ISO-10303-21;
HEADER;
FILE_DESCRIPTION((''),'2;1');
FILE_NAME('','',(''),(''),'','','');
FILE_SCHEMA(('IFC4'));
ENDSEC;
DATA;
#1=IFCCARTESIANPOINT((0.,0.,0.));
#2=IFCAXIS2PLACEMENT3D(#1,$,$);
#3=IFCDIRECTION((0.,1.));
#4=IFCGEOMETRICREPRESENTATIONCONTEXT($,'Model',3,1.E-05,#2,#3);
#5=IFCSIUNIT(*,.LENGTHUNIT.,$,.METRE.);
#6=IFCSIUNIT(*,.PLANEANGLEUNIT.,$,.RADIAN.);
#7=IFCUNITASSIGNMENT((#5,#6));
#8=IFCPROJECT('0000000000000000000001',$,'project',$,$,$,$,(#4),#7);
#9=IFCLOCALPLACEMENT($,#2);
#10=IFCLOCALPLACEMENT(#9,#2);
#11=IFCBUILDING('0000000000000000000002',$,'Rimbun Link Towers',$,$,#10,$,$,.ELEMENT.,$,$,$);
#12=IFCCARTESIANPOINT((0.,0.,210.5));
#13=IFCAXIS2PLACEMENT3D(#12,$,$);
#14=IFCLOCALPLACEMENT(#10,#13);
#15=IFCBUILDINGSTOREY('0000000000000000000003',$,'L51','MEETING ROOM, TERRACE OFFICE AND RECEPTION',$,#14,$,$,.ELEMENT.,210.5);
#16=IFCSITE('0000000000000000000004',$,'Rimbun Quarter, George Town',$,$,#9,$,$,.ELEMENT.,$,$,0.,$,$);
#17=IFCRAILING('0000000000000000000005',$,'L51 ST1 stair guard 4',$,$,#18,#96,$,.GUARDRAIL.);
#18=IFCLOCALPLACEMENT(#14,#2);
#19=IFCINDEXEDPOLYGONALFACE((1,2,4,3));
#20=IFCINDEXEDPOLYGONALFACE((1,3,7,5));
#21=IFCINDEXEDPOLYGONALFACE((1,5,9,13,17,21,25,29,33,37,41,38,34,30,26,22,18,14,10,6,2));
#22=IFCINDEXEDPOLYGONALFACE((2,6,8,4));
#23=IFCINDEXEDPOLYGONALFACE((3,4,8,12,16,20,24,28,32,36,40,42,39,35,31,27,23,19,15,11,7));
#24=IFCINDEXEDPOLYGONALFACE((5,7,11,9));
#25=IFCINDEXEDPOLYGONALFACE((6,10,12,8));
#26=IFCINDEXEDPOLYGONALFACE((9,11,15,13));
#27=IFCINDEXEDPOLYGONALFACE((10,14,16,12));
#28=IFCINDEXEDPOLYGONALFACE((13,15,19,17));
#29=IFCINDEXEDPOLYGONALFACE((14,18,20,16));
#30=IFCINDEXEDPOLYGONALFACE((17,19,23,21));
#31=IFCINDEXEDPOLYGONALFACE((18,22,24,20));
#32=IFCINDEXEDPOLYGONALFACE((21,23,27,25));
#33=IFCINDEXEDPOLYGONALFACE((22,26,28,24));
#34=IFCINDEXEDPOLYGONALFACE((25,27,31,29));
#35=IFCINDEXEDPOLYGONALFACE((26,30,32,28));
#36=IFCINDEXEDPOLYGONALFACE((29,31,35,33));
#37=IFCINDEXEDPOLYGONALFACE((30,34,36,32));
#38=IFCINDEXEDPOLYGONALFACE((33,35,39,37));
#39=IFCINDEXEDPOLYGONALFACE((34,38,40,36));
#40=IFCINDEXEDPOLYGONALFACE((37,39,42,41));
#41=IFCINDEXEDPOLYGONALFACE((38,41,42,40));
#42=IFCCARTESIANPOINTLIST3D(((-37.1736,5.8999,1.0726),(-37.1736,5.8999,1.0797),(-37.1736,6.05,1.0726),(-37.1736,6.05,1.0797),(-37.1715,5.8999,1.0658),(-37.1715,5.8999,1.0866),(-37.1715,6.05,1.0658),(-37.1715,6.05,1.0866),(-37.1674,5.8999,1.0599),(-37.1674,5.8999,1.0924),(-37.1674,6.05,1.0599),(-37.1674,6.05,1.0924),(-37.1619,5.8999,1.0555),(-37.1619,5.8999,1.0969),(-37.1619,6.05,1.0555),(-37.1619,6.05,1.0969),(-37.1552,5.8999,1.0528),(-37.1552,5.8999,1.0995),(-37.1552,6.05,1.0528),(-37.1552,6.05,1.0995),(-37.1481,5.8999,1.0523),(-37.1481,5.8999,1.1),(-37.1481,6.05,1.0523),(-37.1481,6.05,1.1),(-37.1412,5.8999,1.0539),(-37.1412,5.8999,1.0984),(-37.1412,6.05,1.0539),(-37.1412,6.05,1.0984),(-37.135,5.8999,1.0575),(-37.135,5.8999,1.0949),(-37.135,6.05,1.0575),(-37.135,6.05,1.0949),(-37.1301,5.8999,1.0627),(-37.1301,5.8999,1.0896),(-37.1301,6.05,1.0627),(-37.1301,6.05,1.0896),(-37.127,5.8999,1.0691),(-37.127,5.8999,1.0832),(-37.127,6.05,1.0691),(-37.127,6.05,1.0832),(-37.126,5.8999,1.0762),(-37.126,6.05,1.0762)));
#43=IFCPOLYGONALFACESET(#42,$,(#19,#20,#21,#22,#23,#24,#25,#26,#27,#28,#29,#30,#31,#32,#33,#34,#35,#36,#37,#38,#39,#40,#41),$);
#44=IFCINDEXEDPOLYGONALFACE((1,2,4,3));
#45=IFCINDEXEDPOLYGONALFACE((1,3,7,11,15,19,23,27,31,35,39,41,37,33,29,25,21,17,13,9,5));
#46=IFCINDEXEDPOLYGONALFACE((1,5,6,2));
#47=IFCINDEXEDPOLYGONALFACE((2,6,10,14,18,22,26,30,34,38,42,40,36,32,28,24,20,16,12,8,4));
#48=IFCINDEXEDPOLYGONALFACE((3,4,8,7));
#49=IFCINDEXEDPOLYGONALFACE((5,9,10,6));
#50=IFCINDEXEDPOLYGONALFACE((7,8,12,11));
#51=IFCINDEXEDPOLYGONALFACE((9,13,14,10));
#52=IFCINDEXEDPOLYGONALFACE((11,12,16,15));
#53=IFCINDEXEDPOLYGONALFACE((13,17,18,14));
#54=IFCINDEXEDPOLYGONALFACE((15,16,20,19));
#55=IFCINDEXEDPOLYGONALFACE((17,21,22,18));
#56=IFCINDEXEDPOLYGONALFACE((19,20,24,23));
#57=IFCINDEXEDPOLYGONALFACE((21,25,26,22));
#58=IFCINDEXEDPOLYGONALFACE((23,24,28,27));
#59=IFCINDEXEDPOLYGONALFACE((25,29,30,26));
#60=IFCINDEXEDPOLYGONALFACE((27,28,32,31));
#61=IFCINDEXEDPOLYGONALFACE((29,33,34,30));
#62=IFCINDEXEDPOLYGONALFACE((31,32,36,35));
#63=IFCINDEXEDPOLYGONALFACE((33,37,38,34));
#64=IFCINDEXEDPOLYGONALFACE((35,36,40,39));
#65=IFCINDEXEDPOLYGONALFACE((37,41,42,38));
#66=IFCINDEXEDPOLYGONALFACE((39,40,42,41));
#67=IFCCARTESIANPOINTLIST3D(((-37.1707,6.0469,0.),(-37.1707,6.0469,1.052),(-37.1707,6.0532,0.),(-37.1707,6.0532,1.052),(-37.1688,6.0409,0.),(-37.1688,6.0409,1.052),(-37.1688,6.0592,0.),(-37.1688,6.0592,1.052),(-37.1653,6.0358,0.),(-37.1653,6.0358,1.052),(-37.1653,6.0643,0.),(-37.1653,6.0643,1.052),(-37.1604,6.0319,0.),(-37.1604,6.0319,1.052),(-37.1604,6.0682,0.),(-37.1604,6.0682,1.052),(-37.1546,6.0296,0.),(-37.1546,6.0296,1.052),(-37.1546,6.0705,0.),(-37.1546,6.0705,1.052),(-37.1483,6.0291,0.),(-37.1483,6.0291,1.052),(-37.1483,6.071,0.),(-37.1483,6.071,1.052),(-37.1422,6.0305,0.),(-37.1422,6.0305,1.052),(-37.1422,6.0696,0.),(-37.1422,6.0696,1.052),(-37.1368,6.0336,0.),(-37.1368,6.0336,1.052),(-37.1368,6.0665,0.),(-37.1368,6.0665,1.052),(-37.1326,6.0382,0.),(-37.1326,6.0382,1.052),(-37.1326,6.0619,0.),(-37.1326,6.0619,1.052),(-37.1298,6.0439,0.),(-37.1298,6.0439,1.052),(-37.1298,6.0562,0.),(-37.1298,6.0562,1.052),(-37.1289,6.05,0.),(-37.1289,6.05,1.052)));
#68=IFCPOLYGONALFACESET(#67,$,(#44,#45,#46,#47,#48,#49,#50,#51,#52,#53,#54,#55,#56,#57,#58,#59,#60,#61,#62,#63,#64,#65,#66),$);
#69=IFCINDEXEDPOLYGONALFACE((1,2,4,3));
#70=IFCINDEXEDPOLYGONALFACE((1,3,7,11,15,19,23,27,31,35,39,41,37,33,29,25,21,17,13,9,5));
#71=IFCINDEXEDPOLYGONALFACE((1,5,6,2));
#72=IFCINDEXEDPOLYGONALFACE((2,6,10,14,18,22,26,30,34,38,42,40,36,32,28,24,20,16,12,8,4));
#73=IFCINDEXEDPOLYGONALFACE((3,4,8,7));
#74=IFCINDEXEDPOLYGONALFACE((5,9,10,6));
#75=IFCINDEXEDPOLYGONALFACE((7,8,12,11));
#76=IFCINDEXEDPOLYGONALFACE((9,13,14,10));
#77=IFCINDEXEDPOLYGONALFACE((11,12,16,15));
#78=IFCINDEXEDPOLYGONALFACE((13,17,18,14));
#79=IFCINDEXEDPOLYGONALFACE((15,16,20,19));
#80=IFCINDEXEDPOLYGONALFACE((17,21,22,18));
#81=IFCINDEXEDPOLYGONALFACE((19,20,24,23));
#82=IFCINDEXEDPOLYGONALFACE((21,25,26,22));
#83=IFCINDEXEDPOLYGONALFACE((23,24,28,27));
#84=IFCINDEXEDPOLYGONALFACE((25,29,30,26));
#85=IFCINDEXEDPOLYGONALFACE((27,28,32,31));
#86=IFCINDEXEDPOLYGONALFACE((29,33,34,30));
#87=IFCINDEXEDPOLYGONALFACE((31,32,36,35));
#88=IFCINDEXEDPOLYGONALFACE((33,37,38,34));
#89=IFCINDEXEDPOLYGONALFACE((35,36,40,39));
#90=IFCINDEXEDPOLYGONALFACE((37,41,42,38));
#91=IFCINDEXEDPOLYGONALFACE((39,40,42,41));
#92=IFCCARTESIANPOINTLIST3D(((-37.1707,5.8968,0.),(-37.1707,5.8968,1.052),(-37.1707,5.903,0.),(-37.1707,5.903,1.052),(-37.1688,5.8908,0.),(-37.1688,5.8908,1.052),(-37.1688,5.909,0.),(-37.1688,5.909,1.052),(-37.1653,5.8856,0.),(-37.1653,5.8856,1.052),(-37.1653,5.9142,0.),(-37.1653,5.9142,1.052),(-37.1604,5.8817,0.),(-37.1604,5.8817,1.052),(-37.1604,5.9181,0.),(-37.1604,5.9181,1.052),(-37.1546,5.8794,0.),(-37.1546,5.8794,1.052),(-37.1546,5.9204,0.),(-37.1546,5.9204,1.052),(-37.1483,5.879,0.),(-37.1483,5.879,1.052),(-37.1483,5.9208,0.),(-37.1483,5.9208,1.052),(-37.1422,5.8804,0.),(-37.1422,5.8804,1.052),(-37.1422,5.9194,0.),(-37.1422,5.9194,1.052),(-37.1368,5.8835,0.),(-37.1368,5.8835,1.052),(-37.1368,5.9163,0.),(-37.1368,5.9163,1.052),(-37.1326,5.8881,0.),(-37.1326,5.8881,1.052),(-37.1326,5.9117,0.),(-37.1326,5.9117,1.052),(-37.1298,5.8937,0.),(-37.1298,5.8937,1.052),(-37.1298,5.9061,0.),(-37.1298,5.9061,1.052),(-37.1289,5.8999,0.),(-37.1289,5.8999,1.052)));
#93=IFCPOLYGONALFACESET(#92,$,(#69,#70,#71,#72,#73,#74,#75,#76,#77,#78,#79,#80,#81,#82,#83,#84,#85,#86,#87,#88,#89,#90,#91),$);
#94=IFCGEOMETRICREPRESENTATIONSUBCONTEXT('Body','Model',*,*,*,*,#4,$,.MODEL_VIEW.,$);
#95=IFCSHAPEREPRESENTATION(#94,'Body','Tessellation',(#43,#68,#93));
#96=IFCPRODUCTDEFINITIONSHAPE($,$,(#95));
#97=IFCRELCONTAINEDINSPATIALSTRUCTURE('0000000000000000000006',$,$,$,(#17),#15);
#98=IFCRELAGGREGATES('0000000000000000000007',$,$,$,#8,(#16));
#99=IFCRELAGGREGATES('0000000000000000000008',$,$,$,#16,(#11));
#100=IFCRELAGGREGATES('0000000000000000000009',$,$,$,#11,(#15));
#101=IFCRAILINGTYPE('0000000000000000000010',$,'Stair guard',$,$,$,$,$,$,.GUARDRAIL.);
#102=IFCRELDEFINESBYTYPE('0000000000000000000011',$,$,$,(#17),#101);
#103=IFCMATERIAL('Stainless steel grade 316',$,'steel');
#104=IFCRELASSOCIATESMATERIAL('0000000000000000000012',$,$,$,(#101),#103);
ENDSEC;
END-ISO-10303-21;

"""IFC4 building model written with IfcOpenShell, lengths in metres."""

from ifc_helpers import new_model, si_unit, direction, frame, origin, origin_2d, place, context, subcontext, project, spatial, circle, extrude, material, type_object, element, save


model = new_model("IFC4")

# Units and contexts
model_context = context("Model", 3, precision=1e-05, world=origin(), true_north=direction((0.0, 1.0)))
body_context = subcontext(model_context, "Body", "Model", "MODEL_VIEW")
ifc_project = project(units=[si_unit("LENGTHUNIT", "METRE"), si_unit("PLANEANGLEUNIT", "RADIAN")], contexts=[model_context])

# Site, building, storey
site_placement = place(None, origin())
site = spatial("IfcSite", under=ifc_project, at=site_placement, Name="Rimbun Quarter, George Town", CompositionType="ELEMENT", RefElevation=0.0)
building_placement = place(site_placement, origin())
building = spatial("IfcBuilding", under=site, at=building_placement, Name="Rimbun Link Towers", CompositionType="ELEMENT")
storey_placement = place(building_placement, frame((0.0, 0.0, 210.5)))
storey = spatial("IfcBuildingStorey", under=building, at=storey_placement, Name="L51", Description="MEETING ROOM, TERRACE OFFICE AND RECEPTION", CompositionType="ELEMENT", Elevation=210.5)

# Railing
ifc_material_1 = material(Name="Stainless steel grade 316", Category="steel")
railing_type_1 = type_object("IfcRailingType", Name="Stair guard", PredefinedType="GUARDRAIL", material=ifc_material_1)
railing_1_placement = place(storey_placement, frame((-37.1499, 6.05, 0.0)))
element("IfcRailing", 1, at=railing_1_placement, inside=storey, type_object=railing_type_1, Name="L51 ST1 stair guard 4", PredefinedType="GUARDRAIL", context=body_context, shape_type="SweptSolid", body=[
    extrude(circle(Radius=0.0239, at=origin_2d()), frame((0.0, 0.0, 1.0762), z_axis=(0.0, -1.0, 0.0), x_axis=(1.0, 0.0, 0.0)), (0.0, 0.0, 1.0), 0.1501),
    extrude(circle(Radius=0.021, at=origin_2d()), origin(), (0.0, 0.0, 1.0), 1.052),
    extrude(circle(Radius=0.021, at=origin_2d()), frame((0.0, -0.1501, 0.0)), (0.0, 0.0, 1.0), 1.052),
])

save(model, "model.ifc")
